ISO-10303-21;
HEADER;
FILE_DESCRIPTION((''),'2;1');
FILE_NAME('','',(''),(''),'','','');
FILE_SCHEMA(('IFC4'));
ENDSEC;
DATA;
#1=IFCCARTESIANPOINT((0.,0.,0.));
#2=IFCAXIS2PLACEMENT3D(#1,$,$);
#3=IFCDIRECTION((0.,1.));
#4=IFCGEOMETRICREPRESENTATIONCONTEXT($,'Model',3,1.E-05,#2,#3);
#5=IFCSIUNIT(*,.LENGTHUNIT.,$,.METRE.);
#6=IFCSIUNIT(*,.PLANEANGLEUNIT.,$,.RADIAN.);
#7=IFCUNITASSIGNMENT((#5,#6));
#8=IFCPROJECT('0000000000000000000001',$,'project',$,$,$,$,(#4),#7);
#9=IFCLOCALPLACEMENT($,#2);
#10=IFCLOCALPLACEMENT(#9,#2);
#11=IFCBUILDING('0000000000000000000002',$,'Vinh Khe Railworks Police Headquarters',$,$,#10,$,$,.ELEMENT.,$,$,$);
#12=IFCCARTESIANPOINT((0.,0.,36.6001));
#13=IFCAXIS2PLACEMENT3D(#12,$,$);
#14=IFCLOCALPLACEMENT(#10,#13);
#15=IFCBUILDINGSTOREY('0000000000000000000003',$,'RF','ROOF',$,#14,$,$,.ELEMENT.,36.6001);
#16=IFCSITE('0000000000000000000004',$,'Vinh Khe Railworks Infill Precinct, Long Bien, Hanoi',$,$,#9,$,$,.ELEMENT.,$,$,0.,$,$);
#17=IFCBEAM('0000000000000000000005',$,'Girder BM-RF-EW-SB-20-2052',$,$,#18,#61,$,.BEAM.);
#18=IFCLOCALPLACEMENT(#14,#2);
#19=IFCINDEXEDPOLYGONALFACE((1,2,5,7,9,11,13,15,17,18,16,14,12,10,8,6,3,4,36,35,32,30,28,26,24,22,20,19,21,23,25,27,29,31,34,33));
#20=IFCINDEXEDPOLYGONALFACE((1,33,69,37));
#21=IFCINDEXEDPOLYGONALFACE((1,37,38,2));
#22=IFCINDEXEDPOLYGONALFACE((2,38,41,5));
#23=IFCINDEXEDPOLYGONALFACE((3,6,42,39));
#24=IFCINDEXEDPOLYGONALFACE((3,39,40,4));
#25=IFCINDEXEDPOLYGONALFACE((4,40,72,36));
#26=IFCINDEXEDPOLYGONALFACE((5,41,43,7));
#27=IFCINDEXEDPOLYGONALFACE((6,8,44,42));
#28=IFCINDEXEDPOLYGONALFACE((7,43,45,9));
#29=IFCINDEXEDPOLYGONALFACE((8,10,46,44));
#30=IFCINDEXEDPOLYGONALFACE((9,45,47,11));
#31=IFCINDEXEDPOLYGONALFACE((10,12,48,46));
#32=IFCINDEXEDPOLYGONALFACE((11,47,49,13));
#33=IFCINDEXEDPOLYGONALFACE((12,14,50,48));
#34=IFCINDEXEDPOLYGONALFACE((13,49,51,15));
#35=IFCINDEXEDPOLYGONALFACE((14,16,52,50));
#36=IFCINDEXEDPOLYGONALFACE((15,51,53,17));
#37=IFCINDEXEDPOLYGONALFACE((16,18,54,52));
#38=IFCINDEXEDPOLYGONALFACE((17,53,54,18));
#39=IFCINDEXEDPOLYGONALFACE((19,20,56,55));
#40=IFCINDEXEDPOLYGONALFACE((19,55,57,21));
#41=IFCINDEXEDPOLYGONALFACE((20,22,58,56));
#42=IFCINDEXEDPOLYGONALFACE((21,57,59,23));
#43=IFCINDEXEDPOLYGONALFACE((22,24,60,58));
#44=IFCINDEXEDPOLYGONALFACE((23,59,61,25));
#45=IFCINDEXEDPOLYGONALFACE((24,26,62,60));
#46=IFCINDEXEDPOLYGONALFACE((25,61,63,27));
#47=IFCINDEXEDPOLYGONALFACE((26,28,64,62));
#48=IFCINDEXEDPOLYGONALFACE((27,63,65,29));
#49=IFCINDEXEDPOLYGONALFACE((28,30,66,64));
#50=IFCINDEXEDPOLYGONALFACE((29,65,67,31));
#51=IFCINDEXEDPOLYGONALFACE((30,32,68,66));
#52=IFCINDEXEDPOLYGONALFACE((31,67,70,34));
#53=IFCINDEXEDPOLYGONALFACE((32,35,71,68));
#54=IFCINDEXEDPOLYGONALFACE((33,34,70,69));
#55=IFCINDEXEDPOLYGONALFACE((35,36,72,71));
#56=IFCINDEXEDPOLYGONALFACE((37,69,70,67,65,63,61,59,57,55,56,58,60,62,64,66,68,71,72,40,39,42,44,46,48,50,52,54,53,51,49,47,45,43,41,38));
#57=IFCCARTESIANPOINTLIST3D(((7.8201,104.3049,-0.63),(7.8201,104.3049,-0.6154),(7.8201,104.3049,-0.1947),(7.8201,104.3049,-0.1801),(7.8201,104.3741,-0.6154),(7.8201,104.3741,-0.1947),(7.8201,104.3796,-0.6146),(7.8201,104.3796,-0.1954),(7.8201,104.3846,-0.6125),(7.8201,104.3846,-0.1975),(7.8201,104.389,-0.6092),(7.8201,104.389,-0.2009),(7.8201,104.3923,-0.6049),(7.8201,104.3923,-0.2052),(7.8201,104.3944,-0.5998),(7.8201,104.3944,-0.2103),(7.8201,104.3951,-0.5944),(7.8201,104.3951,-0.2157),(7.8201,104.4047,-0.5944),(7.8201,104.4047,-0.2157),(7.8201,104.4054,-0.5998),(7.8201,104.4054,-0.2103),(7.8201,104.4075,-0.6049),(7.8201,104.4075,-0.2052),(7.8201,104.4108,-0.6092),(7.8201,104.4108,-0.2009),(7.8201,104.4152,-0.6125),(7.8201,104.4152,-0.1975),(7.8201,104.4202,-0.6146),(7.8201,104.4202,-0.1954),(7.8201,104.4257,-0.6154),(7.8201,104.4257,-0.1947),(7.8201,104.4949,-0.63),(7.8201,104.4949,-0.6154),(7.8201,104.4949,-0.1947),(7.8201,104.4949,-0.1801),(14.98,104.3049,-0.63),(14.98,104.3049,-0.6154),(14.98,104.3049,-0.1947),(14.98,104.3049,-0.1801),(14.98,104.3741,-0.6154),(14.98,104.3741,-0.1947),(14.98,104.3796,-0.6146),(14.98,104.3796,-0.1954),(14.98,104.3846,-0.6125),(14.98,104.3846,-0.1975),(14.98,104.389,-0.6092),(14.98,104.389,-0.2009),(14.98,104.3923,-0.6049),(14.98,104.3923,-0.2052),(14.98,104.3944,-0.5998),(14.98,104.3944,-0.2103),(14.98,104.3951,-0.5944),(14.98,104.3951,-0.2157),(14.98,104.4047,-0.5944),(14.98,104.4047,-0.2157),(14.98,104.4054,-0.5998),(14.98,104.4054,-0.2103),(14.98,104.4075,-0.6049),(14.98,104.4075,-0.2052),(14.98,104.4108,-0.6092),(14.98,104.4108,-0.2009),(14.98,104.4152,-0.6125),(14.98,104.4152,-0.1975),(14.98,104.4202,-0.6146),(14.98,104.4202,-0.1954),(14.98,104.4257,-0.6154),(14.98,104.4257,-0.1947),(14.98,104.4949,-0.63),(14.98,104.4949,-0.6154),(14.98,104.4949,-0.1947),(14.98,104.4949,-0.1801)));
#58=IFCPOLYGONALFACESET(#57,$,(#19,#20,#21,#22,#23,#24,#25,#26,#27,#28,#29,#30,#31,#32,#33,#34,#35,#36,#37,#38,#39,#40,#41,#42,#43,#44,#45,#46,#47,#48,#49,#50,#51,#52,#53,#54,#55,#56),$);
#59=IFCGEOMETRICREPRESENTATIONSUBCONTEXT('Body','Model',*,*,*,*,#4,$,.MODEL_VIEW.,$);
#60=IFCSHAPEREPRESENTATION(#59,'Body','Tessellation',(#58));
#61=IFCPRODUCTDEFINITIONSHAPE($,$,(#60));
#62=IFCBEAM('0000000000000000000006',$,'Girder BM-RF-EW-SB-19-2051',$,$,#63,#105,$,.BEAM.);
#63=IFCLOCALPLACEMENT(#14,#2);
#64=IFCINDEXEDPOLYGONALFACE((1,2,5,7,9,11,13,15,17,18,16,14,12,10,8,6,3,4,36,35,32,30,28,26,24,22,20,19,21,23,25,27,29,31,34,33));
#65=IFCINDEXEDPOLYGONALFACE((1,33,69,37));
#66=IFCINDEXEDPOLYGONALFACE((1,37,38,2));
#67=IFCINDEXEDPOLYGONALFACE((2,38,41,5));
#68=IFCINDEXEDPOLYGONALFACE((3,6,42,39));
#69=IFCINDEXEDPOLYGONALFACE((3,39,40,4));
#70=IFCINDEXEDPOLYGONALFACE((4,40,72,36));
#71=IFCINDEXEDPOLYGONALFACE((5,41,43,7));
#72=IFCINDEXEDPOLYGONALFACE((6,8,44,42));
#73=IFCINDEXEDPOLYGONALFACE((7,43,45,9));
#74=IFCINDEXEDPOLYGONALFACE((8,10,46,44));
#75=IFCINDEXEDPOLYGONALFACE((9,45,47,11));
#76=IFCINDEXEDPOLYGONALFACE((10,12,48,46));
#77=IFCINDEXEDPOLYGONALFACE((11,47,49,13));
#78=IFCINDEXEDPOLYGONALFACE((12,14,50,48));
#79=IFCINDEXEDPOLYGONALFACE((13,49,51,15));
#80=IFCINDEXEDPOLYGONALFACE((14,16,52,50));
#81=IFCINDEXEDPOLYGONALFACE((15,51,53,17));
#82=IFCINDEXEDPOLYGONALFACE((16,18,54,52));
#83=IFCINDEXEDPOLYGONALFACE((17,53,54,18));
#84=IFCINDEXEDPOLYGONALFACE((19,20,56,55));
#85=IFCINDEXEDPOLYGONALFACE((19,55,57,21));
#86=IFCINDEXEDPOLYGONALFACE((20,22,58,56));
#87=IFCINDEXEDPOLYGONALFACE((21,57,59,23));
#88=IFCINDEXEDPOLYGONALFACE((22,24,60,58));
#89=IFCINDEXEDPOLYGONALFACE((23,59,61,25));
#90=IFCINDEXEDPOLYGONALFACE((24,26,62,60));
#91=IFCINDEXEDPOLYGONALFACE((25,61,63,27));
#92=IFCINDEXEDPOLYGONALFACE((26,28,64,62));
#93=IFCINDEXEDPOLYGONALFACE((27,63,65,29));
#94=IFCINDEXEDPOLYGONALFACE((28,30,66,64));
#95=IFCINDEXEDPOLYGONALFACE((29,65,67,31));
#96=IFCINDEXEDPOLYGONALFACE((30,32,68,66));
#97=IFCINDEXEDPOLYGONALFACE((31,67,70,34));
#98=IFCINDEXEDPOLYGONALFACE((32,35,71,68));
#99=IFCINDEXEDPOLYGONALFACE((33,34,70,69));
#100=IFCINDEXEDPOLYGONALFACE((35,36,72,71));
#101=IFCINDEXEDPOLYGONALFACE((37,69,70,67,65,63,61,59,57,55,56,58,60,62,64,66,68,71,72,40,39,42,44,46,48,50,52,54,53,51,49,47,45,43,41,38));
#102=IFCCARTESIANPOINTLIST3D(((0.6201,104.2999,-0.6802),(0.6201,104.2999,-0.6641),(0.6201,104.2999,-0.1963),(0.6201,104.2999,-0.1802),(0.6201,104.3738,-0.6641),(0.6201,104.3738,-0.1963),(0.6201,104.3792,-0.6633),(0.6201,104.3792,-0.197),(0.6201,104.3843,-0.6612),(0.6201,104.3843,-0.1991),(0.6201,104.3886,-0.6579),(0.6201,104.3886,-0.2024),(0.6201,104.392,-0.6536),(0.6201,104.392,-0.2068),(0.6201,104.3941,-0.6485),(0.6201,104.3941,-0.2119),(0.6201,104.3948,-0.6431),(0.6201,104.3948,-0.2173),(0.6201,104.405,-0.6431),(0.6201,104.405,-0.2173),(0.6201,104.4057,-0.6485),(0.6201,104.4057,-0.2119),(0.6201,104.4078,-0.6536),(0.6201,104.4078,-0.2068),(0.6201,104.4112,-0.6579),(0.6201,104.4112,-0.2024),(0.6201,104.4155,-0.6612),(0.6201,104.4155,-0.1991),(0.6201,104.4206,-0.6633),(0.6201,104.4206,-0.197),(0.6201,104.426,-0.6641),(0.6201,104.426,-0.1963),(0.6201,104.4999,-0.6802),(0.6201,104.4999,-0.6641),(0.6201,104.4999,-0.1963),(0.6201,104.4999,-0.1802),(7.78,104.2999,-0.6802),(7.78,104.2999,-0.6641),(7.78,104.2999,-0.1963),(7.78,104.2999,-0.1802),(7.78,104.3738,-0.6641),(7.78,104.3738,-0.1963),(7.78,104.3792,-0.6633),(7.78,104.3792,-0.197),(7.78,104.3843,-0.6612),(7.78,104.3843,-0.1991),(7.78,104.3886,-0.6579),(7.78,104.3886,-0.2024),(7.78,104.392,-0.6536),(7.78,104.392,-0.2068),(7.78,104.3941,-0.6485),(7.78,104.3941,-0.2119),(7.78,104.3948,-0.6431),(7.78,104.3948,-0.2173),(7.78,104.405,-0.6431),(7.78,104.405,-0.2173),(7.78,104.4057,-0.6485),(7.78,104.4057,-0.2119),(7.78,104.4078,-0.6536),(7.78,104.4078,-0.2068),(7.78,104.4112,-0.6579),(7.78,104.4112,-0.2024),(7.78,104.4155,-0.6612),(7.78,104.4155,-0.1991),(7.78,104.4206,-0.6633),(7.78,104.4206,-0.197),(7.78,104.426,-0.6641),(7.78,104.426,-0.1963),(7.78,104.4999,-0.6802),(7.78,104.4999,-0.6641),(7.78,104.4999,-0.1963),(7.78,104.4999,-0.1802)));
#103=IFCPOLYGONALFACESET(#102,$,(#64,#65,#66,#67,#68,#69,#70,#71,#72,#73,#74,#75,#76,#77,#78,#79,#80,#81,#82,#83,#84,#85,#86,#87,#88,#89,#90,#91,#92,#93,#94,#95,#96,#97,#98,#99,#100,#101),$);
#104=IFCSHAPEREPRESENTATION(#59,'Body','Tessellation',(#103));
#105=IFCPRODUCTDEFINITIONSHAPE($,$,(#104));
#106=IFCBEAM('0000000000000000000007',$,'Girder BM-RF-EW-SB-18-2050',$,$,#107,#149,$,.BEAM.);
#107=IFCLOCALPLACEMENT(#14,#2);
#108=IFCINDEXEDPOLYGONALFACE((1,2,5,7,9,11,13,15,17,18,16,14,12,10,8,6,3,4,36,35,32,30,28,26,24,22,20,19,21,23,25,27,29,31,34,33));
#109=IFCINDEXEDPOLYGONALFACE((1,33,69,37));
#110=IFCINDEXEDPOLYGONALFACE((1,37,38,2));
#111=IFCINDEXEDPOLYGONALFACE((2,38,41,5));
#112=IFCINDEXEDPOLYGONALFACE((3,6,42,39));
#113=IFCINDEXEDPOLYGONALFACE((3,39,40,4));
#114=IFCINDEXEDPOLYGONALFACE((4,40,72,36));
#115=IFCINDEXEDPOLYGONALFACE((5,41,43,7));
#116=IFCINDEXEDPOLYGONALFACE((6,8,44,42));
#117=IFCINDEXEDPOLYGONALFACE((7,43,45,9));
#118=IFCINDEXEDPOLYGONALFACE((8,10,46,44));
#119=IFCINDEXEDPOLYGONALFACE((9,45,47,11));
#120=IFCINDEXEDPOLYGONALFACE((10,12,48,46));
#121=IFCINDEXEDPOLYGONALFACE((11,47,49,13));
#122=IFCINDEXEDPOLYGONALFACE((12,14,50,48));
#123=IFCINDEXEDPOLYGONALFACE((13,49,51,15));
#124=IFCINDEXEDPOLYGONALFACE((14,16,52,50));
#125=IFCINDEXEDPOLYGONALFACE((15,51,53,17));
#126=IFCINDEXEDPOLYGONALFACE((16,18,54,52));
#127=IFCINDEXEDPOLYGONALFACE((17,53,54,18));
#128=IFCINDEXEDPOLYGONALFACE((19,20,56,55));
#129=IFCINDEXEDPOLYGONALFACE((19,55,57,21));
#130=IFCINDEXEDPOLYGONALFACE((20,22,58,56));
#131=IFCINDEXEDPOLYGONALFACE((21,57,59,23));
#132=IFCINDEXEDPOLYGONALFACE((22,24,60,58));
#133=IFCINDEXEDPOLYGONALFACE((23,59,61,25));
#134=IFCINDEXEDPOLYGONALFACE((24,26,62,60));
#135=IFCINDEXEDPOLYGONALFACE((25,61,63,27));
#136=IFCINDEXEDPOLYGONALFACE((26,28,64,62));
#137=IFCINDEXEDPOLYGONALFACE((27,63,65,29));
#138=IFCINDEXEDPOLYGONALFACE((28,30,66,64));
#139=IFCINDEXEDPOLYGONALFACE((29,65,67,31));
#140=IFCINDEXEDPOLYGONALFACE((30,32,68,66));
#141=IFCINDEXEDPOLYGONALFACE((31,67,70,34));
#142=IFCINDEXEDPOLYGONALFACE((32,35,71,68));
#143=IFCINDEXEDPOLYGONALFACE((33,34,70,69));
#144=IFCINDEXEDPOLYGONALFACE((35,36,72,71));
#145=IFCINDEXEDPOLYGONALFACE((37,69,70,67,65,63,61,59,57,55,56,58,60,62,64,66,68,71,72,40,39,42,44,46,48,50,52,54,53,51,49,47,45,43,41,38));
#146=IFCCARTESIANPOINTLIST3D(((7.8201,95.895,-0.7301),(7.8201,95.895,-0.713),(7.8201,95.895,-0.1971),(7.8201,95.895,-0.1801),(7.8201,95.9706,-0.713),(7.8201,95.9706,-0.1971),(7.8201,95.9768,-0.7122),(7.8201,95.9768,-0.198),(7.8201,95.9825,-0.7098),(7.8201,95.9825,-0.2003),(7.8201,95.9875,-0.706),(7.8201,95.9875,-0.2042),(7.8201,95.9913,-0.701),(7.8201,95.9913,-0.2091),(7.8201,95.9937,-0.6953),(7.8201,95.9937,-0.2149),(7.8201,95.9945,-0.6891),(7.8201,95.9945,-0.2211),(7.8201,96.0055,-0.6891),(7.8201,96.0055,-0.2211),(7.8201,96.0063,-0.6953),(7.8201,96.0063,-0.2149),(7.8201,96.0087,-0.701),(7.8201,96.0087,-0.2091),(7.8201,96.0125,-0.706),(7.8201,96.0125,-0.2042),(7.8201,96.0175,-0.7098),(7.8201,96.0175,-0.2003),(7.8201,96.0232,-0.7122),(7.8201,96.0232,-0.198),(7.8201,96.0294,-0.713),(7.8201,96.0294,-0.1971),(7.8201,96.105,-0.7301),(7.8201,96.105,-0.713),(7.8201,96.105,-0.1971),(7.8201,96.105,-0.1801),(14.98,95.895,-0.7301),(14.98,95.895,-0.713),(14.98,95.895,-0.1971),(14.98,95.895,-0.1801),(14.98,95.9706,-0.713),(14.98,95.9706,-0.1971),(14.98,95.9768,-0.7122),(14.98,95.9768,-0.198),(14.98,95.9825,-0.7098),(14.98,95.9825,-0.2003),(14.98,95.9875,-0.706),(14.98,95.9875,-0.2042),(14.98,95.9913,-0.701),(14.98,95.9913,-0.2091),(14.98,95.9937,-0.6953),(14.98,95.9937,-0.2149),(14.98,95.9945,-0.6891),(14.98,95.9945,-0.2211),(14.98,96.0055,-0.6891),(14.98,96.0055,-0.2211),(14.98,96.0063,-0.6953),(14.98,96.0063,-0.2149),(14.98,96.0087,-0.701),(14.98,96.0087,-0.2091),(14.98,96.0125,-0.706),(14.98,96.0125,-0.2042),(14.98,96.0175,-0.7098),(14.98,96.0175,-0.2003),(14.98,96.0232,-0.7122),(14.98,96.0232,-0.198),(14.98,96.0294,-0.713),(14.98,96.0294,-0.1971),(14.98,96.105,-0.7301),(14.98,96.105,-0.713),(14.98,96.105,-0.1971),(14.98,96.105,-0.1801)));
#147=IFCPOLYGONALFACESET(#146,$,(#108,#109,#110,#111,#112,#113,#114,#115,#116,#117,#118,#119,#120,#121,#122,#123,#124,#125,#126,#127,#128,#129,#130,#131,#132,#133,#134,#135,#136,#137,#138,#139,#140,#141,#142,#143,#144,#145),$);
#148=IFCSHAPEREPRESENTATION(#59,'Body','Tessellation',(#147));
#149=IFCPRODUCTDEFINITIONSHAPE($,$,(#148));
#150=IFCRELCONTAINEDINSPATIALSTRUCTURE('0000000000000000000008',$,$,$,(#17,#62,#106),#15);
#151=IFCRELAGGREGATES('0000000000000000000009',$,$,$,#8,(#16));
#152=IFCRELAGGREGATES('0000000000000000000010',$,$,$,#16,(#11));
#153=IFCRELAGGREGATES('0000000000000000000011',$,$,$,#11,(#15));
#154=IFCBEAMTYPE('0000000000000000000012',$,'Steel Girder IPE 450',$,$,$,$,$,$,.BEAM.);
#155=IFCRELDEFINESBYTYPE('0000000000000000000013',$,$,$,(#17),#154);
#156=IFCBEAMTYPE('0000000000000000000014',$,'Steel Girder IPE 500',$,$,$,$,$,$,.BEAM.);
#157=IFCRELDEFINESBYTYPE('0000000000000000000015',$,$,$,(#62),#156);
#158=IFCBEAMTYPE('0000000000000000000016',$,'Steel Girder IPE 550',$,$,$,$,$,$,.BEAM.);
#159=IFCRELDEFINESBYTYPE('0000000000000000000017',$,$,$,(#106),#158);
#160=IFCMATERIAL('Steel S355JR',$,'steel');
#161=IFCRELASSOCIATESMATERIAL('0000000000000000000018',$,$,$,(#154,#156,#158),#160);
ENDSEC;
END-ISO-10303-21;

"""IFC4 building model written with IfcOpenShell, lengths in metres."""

from ifc_helpers import new_model, si_unit, direction, frame, origin, origin_2d, place, context, subcontext, project, spatial, i_section, extrude, material, material_profile, profile_set, type_object, element, save


model = new_model("IFC4")

# Units and contexts
model_context = context("Model", 3, precision=1e-05, world=origin(), true_north=direction((0.0, 1.0)))
body_context = subcontext(model_context, "Body", "Model", "MODEL_VIEW")
ifc_project = project(units=[si_unit("LENGTHUNIT", "METRE"), si_unit("PLANEANGLEUNIT", "RADIAN")], contexts=[model_context])

# Site, building, storey
site_placement = place(None, origin())
site = spatial("IfcSite", under=ifc_project, at=site_placement, Name="Vinh Khe Railworks Infill Precinct, Long Bien, Hanoi", CompositionType="ELEMENT", RefElevation=0.0)
building_placement = place(site_placement, origin())
building = spatial("IfcBuilding", under=site, at=building_placement, Name="Vinh Khe Railworks Police Headquarters", CompositionType="ELEMENT")
storey_placement = place(building_placement, frame((0.0, 0.0, 36.6001)))
storey = spatial("IfcBuildingStorey", under=building, at=storey_placement, Name="RF", Description="ROOF", CompositionType="ELEMENT", Elevation=36.6001)

# Shared definitions
ifc_material_1 = material(Name="Steel S355JR", Category="steel")

# Beams
ifc_material_profile_1 = material_profile(ifc_material_1, i_section(OverallWidth=0.1899, OverallDepth=0.45, WebThickness=0.0095, FlangeThickness=0.0146, FilletRadius=0.021, at=origin_2d()), Name="IPE 450")
ifc_profile_set_1 = profile_set([ifc_material_profile_1], Name="Steel S355JR")
beam_type_1 = type_object("IfcBeamType", Name="Steel Girder IPE 450", PredefinedType="BEAM", material=ifc_profile_set_1)
beam_1_placement = place(storey_placement, frame((7.8201, 104.3999, -0.405), z_axis=(1.0, 0.0, 0.0), x_axis=(0.0, 1.0, 0.0)))
element("IfcBeam", 1, at=beam_1_placement, inside=storey, type_object=beam_type_1, Name="Girder BM-RF-EW-SB-20-2052", PredefinedType="BEAM", context=body_context, shape_type="SweptSolid", body=[
    extrude(i_section(OverallWidth=0.1899, OverallDepth=0.45, WebThickness=0.0095, FlangeThickness=0.0146, FilletRadius=0.021, at=origin_2d()), origin(), (0.0, 0.0, 1.0), 7.1599),
])
ifc_material_profile_2 = material_profile(ifc_material_1, i_section(OverallWidth=0.2, OverallDepth=0.5, WebThickness=0.0103, FlangeThickness=0.0161, FilletRadius=0.021, at=origin_2d()), Name="IPE 500")
ifc_profile_set_2 = profile_set([ifc_material_profile_2], Name="Steel S355JR")
beam_type_2 = type_object("IfcBeamType", Name="Steel Girder IPE 500", PredefinedType="BEAM", material=ifc_profile_set_2)
beam_2_placement = place(storey_placement, frame((0.6201, 104.3999, -0.4302), z_axis=(1.0, 0.0, 0.0), x_axis=(0.0, 1.0, 0.0)))
element("IfcBeam", 2, at=beam_2_placement, inside=storey, type_object=beam_type_2, Name="Girder BM-RF-EW-SB-19-2051", PredefinedType="BEAM", context=body_context, shape_type="SweptSolid", body=[
    extrude(i_section(OverallWidth=0.2, OverallDepth=0.5, WebThickness=0.0103, FlangeThickness=0.0161, FilletRadius=0.021, at=origin_2d()), origin(), (0.0, 0.0, 1.0), 7.1599),
])
ifc_material_profile_3 = material_profile(ifc_material_1, i_section(OverallWidth=0.21, OverallDepth=0.55, WebThickness=0.011, FlangeThickness=0.0171, FilletRadius=0.0239, at=origin_2d()), Name="IPE 550")
ifc_profile_set_3 = profile_set([ifc_material_profile_3], Name="Steel S355JR")
beam_type_3 = type_object("IfcBeamType", Name="Steel Girder IPE 550", PredefinedType="BEAM", material=ifc_profile_set_3)
beam_3_placement = place(storey_placement, frame((7.8201, 96.0, -0.4551), z_axis=(1.0, 0.0, 0.0), x_axis=(0.0, 1.0, 0.0)))
element("IfcBeam", 3, at=beam_3_placement, inside=storey, type_object=beam_type_3, Name="Girder BM-RF-EW-SB-18-2050", PredefinedType="BEAM", context=body_context, shape_type="SweptSolid", body=[
    extrude(i_section(OverallWidth=0.21, OverallDepth=0.55, WebThickness=0.011, FlangeThickness=0.0171, FilletRadius=0.0239, at=origin_2d()), origin(), (0.0, 0.0, 1.0), 7.1599),
])

save(model, "model.ifc")
